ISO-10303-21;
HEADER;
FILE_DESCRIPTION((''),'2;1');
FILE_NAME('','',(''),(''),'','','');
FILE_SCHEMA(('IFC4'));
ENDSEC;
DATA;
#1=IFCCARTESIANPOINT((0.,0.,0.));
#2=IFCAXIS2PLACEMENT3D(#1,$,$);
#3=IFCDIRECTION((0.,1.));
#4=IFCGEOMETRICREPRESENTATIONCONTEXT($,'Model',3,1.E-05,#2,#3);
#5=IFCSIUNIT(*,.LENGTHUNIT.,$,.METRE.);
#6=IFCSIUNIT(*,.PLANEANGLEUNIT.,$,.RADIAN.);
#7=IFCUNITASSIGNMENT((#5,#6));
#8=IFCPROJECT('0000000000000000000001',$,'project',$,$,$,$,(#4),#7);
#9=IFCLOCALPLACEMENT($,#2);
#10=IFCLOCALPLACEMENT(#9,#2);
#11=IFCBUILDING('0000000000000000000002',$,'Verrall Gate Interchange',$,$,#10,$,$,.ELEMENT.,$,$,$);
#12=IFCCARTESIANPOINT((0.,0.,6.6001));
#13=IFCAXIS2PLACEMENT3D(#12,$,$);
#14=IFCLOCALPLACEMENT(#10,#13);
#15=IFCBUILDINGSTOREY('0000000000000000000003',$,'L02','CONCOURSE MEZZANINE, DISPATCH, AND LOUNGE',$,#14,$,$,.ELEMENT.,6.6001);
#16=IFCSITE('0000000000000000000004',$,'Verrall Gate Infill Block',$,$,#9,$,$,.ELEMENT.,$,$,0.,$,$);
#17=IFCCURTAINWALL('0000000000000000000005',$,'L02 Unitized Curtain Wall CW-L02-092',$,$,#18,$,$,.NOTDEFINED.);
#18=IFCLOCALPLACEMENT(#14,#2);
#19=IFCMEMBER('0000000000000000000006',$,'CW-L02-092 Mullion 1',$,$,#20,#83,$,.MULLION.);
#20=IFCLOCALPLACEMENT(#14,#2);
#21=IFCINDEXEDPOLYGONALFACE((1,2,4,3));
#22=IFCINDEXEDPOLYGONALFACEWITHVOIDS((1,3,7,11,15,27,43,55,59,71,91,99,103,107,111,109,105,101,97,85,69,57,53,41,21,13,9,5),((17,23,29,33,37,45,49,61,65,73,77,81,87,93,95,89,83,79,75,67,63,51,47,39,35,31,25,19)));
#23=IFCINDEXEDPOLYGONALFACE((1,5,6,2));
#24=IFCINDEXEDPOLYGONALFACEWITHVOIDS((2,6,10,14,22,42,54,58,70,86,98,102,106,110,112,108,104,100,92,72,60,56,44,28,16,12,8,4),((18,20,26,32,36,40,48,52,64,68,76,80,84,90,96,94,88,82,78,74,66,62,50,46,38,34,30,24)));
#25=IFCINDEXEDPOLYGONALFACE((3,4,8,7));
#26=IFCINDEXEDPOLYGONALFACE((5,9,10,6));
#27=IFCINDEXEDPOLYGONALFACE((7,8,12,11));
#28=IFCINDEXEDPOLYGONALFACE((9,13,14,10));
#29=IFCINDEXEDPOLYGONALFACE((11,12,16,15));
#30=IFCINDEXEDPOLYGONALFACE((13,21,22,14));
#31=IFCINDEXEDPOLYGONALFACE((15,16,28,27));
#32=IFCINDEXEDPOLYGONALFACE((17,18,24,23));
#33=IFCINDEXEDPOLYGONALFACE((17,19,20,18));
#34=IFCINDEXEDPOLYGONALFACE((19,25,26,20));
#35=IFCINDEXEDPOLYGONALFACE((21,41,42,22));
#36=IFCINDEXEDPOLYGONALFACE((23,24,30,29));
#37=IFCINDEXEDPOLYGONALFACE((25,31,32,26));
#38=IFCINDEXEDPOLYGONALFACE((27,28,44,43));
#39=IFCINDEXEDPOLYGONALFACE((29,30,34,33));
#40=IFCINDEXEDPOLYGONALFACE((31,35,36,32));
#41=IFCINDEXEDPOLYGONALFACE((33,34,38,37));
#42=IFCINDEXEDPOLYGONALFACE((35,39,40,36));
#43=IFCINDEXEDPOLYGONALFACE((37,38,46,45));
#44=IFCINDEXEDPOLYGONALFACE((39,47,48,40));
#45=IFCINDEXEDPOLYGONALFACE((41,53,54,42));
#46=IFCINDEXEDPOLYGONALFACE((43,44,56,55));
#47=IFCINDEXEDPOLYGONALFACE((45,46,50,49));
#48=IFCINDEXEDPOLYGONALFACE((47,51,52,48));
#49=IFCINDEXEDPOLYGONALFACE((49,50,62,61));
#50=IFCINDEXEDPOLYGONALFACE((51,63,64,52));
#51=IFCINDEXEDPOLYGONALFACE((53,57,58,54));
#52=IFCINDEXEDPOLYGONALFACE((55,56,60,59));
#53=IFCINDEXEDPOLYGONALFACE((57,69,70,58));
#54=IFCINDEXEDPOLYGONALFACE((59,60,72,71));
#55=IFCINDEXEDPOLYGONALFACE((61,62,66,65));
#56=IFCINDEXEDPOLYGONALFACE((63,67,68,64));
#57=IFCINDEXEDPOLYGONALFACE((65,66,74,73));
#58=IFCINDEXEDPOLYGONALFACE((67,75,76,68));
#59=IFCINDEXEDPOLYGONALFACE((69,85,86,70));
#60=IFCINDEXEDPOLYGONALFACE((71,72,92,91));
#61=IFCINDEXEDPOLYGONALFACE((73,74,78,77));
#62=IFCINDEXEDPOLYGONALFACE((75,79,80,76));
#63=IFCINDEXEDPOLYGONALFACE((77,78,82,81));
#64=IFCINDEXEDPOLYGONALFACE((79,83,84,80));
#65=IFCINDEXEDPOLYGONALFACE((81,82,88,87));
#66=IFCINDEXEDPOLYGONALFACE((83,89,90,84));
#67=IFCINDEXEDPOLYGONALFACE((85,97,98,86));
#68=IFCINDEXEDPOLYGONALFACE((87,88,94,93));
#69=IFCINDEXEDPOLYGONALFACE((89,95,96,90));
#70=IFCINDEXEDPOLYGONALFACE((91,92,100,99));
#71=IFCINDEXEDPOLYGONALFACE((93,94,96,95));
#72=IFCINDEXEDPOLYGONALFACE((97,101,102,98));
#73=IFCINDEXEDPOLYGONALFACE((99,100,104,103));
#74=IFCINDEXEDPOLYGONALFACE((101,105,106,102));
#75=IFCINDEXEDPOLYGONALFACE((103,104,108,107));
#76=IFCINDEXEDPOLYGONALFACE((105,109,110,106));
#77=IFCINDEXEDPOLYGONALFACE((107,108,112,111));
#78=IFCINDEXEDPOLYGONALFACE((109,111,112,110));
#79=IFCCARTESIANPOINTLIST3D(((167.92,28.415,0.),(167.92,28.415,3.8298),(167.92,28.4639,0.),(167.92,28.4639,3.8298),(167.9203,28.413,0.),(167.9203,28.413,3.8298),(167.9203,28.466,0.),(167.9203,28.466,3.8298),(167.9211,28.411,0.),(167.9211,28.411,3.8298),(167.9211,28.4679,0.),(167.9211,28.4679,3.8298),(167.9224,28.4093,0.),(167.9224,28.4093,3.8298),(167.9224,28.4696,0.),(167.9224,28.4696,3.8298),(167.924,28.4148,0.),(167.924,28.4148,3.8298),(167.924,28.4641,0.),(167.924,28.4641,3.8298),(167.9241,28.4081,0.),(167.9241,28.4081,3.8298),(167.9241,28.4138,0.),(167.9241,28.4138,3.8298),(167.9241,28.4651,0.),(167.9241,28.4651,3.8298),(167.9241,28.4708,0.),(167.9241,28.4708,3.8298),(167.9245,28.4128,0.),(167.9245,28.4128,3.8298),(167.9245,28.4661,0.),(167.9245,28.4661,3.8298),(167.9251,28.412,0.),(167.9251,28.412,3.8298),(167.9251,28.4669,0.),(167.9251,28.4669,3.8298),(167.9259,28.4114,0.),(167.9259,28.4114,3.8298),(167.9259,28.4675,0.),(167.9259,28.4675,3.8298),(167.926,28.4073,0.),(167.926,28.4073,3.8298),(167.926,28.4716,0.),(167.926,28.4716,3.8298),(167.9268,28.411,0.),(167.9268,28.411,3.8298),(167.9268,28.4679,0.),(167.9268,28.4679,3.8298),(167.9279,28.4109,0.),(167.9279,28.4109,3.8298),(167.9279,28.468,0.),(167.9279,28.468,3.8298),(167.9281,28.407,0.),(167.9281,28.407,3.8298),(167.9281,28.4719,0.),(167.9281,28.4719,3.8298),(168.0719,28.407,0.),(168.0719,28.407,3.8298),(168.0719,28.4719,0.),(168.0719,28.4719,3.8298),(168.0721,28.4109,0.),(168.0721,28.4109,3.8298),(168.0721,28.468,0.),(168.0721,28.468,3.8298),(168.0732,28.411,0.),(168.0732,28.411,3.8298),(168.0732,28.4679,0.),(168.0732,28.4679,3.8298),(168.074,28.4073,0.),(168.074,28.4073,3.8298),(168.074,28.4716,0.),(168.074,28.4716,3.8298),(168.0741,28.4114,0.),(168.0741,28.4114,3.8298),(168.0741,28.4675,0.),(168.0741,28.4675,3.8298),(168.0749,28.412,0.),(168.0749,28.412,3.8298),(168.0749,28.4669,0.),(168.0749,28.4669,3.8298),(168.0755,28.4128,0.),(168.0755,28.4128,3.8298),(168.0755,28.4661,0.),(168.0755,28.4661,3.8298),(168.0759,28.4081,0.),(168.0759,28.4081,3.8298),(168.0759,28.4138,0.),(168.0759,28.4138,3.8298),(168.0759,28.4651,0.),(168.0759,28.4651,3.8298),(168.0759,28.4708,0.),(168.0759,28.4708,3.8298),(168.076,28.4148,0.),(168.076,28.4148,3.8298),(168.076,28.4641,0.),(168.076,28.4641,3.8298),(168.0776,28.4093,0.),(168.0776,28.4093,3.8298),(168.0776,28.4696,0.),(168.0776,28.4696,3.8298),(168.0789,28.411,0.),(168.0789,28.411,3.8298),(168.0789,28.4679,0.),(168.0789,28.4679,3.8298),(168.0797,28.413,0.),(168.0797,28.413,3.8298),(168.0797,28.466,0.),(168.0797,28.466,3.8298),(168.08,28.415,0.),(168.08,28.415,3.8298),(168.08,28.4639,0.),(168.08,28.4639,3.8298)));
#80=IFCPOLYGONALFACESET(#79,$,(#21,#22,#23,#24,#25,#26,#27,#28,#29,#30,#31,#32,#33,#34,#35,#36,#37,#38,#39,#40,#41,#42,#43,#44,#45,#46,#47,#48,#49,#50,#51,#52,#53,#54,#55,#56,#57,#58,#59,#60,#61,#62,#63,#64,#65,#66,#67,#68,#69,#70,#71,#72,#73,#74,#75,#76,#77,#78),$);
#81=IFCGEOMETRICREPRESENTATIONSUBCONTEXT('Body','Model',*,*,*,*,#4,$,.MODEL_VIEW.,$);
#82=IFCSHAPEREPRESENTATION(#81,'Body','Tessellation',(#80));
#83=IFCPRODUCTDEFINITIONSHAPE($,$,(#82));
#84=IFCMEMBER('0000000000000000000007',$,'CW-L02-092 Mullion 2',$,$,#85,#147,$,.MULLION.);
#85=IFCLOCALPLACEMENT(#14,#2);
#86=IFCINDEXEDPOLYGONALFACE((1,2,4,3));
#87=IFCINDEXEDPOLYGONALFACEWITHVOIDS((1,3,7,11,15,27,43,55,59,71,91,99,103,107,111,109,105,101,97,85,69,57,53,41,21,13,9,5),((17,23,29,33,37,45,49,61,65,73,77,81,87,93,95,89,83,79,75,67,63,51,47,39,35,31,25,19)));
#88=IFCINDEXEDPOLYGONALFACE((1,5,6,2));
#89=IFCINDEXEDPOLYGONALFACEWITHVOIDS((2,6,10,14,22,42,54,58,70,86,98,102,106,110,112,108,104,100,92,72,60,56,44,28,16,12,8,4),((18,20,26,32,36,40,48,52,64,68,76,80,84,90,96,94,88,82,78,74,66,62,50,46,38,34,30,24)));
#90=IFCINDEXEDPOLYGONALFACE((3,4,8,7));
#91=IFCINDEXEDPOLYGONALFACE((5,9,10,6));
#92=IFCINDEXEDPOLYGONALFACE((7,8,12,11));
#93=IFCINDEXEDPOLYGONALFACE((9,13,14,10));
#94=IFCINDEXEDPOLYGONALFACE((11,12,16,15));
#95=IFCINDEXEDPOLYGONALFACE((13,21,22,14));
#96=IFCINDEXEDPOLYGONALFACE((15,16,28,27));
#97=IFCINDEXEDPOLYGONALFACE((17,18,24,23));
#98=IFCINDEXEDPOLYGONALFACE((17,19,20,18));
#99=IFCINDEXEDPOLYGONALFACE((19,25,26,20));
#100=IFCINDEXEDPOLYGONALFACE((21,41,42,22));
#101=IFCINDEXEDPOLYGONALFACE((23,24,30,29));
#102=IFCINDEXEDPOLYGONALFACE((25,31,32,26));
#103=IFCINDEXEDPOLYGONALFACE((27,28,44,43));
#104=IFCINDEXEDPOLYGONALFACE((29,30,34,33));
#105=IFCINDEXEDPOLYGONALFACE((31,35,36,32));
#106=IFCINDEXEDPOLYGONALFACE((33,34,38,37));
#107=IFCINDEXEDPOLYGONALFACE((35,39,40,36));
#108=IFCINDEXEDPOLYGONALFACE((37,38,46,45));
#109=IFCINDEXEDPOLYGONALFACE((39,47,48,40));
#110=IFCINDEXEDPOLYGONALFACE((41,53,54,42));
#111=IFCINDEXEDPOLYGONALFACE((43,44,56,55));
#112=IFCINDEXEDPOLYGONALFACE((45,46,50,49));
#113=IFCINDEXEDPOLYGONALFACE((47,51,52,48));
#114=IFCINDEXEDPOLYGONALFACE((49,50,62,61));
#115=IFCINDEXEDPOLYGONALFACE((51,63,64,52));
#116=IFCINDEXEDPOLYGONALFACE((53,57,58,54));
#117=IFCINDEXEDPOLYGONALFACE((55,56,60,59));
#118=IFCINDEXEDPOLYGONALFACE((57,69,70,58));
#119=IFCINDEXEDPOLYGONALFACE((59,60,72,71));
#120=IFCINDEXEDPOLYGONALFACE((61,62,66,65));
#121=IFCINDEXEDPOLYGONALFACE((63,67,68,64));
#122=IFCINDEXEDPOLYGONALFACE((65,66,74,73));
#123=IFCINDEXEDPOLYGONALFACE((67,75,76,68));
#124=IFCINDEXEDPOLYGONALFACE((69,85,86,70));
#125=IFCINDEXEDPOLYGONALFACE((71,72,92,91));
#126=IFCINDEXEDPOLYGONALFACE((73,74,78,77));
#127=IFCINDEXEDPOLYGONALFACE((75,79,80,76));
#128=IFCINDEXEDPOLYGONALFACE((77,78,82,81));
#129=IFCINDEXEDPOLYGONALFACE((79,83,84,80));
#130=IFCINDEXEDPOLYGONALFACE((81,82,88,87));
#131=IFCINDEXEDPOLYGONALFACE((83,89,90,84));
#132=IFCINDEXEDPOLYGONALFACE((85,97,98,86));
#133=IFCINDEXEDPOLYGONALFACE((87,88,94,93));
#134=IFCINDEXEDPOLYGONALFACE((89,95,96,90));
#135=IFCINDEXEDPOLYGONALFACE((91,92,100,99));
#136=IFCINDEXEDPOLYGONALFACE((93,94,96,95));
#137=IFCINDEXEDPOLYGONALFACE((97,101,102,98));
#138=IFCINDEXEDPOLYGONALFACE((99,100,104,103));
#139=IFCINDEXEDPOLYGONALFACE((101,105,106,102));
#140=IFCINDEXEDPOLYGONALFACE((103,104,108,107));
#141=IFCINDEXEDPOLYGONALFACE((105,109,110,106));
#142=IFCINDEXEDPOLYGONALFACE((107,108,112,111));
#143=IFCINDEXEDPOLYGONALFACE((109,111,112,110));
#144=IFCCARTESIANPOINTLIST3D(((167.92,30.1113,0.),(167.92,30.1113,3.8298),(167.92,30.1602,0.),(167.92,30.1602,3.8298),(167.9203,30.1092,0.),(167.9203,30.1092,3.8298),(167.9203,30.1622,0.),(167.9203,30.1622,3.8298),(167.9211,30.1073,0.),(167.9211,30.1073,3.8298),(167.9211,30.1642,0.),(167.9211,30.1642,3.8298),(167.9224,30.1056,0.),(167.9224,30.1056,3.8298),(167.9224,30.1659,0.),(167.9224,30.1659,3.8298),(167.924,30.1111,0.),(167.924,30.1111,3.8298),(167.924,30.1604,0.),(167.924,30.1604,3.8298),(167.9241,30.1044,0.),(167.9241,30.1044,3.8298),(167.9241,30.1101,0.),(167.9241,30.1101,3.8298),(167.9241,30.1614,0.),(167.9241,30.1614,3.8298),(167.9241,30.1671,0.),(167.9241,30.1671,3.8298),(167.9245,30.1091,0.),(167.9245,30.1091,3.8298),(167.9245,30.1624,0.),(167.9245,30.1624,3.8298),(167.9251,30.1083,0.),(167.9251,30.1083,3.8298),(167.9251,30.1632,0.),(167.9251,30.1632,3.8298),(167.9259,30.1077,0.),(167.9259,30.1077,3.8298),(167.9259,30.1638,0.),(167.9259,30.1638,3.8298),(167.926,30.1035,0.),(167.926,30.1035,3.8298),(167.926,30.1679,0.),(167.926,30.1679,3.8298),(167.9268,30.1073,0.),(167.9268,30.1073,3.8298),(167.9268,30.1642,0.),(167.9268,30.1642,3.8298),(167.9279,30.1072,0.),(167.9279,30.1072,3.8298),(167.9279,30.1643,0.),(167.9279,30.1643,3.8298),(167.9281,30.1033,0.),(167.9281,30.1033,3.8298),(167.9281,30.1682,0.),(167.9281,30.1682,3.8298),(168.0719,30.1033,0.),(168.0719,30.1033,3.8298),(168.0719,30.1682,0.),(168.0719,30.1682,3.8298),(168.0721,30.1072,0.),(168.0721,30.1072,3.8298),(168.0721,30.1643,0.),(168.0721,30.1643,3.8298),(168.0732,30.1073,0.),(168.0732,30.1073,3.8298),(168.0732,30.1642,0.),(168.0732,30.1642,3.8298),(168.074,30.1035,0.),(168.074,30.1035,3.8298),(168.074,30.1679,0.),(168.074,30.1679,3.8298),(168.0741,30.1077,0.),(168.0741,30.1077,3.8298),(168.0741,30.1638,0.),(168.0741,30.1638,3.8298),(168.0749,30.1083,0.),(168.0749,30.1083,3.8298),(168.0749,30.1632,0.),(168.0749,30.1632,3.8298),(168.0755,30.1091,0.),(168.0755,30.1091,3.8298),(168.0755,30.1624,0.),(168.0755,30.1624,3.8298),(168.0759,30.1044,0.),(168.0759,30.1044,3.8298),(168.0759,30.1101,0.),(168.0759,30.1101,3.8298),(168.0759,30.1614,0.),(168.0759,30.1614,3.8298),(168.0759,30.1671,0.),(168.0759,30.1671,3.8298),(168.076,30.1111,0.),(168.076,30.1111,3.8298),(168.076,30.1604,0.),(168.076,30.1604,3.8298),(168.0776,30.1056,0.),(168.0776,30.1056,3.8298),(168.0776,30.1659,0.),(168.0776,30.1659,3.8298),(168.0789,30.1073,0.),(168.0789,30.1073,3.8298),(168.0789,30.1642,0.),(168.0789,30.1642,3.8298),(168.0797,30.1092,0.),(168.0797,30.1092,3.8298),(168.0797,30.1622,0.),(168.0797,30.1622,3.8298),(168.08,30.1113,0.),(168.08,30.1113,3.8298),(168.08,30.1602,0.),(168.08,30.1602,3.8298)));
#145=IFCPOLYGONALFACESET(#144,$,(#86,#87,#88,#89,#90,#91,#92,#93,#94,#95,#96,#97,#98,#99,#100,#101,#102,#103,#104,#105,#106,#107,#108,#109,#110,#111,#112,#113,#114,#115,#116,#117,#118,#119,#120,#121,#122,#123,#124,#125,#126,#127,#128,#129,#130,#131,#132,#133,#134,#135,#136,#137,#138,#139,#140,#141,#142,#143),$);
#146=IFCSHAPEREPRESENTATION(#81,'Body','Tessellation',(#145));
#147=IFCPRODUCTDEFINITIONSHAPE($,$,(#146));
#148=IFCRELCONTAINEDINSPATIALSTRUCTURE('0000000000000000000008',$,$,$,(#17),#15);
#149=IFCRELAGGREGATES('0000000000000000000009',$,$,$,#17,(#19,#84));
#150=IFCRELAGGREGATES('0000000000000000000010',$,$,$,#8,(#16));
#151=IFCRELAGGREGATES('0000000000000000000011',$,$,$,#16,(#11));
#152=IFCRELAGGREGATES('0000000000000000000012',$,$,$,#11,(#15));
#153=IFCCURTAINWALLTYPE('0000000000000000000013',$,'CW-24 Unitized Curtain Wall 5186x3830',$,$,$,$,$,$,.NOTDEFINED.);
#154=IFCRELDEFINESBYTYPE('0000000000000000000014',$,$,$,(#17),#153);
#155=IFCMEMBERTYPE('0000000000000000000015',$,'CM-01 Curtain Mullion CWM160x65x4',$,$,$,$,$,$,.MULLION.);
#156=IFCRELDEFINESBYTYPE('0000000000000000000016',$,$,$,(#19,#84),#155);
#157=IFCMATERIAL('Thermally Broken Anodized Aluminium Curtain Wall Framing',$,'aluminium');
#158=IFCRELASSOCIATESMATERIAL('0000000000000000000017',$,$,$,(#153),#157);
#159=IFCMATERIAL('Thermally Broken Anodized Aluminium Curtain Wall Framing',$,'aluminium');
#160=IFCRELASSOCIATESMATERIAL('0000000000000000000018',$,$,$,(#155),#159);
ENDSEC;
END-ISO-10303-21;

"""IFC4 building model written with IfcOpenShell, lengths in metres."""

from ifc_helpers import new_model, si_unit, direction, frame, origin, origin_2d, place, context, subcontext, project, spatial, hollow_rectangle, extrude, material, material_profile, profile_set, type_object, element, aggregate, save


model = new_model("IFC4")

# Units and contexts
model_context = context("Model", 3, precision=1e-05, world=origin(), true_north=direction((0.0, 1.0)))
body_context = subcontext(model_context, "Body", "Model", "MODEL_VIEW")
ifc_project = project(units=[si_unit("LENGTHUNIT", "METRE"), si_unit("PLANEANGLEUNIT", "RADIAN")], contexts=[model_context])

# Site, building, storey
site_placement = place(None, origin())
site = spatial("IfcSite", under=ifc_project, at=site_placement, Name="Verrall Gate Infill Block", CompositionType="ELEMENT", RefElevation=0.0)
building_placement = place(site_placement, origin())
building = spatial("IfcBuilding", under=site, at=building_placement, Name="Verrall Gate Interchange", CompositionType="ELEMENT")
storey_placement = place(building_placement, frame((0.0, 0.0, 6.6001)))
storey = spatial("IfcBuildingStorey", under=building, at=storey_placement, Name="L02", Description="CONCOURSE MEZZANINE, DISPATCH, AND LOUNGE", CompositionType="ELEMENT", Elevation=6.6001)

# Curtain wall, members
ifc_material_1 = material(Name="Thermally Broken Anodized Aluminium Curtain Wall Framing", Category="aluminium")
curtain_wall_type = type_object("IfcCurtainWallType", Name="CW-24 Unitized Curtain Wall 5186x3830", PredefinedType="NOTDEFINED", material=ifc_material_1)
curtain_wall_placement = place(storey_placement, origin())
curtain_wall = element("IfcCurtainWall", 1, at=curtain_wall_placement, inside=storey, type_object=curtain_wall_type, Name="L02 Unitized Curtain Wall CW-L02-092", PredefinedType="NOTDEFINED")
ifc_material_2 = material(Name="Thermally Broken Anodized Aluminium Curtain Wall Framing", Category="aluminium")
ifc_material_profile_1 = material_profile(ifc_material_2, hollow_rectangle(XDim=0.0649, YDim=0.1599, WallThickness=0.0039, InnerFilletRadius=0.0039, OuterFilletRadius=0.0081, at=origin_2d()), Name="CWM160x65x4")
ifc_profile_set_1 = profile_set([ifc_material_profile_1], Name="Thermally Broken Anodized Aluminium Curtain Wall Framing")
member_type_1 = type_object("IfcMemberType", Name="CM-01 Curtain Mullion CWM160x65x4", PredefinedType="MULLION", material=ifc_profile_set_1)
member_1_placement = place(storey_placement, frame((168.0, 28.4395, 0.0), z_axis=(0.0, 0.0, 1.0), x_axis=(0.0, 1.0, 0.0)))
member_1 = element("IfcMember", 2, at=member_1_placement, type_object=member_type_1, Name="CW-L02-092 Mullion 1", PredefinedType="MULLION", context=body_context, shape_type="SweptSolid", body=[
    extrude(hollow_rectangle(XDim=0.0649, YDim=0.1599, WallThickness=0.0039, InnerFilletRadius=0.0039, OuterFilletRadius=0.0081, at=origin_2d()), origin(), (0.0, 0.0, 1.0), 3.8298),
])
member_2_placement = place(storey_placement, frame((168.0, 30.1357, 0.0), z_axis=(0.0, 0.0, 1.0), x_axis=(0.0, 1.0, 0.0)))
member_2 = element("IfcMember", 3, at=member_2_placement, type_object=member_type_1, Name="CW-L02-092 Mullion 2", PredefinedType="MULLION", context=body_context, shape_type="SweptSolid", body=[
    extrude(hollow_rectangle(XDim=0.0649, YDim=0.1599, WallThickness=0.0039, InnerFilletRadius=0.0039, OuterFilletRadius=0.0081, at=origin_2d()), origin(), (0.0, 0.0, 1.0), 3.8298),
])

aggregate(curtain_wall, [member_1, member_2])

save(model, "model.ifc")
